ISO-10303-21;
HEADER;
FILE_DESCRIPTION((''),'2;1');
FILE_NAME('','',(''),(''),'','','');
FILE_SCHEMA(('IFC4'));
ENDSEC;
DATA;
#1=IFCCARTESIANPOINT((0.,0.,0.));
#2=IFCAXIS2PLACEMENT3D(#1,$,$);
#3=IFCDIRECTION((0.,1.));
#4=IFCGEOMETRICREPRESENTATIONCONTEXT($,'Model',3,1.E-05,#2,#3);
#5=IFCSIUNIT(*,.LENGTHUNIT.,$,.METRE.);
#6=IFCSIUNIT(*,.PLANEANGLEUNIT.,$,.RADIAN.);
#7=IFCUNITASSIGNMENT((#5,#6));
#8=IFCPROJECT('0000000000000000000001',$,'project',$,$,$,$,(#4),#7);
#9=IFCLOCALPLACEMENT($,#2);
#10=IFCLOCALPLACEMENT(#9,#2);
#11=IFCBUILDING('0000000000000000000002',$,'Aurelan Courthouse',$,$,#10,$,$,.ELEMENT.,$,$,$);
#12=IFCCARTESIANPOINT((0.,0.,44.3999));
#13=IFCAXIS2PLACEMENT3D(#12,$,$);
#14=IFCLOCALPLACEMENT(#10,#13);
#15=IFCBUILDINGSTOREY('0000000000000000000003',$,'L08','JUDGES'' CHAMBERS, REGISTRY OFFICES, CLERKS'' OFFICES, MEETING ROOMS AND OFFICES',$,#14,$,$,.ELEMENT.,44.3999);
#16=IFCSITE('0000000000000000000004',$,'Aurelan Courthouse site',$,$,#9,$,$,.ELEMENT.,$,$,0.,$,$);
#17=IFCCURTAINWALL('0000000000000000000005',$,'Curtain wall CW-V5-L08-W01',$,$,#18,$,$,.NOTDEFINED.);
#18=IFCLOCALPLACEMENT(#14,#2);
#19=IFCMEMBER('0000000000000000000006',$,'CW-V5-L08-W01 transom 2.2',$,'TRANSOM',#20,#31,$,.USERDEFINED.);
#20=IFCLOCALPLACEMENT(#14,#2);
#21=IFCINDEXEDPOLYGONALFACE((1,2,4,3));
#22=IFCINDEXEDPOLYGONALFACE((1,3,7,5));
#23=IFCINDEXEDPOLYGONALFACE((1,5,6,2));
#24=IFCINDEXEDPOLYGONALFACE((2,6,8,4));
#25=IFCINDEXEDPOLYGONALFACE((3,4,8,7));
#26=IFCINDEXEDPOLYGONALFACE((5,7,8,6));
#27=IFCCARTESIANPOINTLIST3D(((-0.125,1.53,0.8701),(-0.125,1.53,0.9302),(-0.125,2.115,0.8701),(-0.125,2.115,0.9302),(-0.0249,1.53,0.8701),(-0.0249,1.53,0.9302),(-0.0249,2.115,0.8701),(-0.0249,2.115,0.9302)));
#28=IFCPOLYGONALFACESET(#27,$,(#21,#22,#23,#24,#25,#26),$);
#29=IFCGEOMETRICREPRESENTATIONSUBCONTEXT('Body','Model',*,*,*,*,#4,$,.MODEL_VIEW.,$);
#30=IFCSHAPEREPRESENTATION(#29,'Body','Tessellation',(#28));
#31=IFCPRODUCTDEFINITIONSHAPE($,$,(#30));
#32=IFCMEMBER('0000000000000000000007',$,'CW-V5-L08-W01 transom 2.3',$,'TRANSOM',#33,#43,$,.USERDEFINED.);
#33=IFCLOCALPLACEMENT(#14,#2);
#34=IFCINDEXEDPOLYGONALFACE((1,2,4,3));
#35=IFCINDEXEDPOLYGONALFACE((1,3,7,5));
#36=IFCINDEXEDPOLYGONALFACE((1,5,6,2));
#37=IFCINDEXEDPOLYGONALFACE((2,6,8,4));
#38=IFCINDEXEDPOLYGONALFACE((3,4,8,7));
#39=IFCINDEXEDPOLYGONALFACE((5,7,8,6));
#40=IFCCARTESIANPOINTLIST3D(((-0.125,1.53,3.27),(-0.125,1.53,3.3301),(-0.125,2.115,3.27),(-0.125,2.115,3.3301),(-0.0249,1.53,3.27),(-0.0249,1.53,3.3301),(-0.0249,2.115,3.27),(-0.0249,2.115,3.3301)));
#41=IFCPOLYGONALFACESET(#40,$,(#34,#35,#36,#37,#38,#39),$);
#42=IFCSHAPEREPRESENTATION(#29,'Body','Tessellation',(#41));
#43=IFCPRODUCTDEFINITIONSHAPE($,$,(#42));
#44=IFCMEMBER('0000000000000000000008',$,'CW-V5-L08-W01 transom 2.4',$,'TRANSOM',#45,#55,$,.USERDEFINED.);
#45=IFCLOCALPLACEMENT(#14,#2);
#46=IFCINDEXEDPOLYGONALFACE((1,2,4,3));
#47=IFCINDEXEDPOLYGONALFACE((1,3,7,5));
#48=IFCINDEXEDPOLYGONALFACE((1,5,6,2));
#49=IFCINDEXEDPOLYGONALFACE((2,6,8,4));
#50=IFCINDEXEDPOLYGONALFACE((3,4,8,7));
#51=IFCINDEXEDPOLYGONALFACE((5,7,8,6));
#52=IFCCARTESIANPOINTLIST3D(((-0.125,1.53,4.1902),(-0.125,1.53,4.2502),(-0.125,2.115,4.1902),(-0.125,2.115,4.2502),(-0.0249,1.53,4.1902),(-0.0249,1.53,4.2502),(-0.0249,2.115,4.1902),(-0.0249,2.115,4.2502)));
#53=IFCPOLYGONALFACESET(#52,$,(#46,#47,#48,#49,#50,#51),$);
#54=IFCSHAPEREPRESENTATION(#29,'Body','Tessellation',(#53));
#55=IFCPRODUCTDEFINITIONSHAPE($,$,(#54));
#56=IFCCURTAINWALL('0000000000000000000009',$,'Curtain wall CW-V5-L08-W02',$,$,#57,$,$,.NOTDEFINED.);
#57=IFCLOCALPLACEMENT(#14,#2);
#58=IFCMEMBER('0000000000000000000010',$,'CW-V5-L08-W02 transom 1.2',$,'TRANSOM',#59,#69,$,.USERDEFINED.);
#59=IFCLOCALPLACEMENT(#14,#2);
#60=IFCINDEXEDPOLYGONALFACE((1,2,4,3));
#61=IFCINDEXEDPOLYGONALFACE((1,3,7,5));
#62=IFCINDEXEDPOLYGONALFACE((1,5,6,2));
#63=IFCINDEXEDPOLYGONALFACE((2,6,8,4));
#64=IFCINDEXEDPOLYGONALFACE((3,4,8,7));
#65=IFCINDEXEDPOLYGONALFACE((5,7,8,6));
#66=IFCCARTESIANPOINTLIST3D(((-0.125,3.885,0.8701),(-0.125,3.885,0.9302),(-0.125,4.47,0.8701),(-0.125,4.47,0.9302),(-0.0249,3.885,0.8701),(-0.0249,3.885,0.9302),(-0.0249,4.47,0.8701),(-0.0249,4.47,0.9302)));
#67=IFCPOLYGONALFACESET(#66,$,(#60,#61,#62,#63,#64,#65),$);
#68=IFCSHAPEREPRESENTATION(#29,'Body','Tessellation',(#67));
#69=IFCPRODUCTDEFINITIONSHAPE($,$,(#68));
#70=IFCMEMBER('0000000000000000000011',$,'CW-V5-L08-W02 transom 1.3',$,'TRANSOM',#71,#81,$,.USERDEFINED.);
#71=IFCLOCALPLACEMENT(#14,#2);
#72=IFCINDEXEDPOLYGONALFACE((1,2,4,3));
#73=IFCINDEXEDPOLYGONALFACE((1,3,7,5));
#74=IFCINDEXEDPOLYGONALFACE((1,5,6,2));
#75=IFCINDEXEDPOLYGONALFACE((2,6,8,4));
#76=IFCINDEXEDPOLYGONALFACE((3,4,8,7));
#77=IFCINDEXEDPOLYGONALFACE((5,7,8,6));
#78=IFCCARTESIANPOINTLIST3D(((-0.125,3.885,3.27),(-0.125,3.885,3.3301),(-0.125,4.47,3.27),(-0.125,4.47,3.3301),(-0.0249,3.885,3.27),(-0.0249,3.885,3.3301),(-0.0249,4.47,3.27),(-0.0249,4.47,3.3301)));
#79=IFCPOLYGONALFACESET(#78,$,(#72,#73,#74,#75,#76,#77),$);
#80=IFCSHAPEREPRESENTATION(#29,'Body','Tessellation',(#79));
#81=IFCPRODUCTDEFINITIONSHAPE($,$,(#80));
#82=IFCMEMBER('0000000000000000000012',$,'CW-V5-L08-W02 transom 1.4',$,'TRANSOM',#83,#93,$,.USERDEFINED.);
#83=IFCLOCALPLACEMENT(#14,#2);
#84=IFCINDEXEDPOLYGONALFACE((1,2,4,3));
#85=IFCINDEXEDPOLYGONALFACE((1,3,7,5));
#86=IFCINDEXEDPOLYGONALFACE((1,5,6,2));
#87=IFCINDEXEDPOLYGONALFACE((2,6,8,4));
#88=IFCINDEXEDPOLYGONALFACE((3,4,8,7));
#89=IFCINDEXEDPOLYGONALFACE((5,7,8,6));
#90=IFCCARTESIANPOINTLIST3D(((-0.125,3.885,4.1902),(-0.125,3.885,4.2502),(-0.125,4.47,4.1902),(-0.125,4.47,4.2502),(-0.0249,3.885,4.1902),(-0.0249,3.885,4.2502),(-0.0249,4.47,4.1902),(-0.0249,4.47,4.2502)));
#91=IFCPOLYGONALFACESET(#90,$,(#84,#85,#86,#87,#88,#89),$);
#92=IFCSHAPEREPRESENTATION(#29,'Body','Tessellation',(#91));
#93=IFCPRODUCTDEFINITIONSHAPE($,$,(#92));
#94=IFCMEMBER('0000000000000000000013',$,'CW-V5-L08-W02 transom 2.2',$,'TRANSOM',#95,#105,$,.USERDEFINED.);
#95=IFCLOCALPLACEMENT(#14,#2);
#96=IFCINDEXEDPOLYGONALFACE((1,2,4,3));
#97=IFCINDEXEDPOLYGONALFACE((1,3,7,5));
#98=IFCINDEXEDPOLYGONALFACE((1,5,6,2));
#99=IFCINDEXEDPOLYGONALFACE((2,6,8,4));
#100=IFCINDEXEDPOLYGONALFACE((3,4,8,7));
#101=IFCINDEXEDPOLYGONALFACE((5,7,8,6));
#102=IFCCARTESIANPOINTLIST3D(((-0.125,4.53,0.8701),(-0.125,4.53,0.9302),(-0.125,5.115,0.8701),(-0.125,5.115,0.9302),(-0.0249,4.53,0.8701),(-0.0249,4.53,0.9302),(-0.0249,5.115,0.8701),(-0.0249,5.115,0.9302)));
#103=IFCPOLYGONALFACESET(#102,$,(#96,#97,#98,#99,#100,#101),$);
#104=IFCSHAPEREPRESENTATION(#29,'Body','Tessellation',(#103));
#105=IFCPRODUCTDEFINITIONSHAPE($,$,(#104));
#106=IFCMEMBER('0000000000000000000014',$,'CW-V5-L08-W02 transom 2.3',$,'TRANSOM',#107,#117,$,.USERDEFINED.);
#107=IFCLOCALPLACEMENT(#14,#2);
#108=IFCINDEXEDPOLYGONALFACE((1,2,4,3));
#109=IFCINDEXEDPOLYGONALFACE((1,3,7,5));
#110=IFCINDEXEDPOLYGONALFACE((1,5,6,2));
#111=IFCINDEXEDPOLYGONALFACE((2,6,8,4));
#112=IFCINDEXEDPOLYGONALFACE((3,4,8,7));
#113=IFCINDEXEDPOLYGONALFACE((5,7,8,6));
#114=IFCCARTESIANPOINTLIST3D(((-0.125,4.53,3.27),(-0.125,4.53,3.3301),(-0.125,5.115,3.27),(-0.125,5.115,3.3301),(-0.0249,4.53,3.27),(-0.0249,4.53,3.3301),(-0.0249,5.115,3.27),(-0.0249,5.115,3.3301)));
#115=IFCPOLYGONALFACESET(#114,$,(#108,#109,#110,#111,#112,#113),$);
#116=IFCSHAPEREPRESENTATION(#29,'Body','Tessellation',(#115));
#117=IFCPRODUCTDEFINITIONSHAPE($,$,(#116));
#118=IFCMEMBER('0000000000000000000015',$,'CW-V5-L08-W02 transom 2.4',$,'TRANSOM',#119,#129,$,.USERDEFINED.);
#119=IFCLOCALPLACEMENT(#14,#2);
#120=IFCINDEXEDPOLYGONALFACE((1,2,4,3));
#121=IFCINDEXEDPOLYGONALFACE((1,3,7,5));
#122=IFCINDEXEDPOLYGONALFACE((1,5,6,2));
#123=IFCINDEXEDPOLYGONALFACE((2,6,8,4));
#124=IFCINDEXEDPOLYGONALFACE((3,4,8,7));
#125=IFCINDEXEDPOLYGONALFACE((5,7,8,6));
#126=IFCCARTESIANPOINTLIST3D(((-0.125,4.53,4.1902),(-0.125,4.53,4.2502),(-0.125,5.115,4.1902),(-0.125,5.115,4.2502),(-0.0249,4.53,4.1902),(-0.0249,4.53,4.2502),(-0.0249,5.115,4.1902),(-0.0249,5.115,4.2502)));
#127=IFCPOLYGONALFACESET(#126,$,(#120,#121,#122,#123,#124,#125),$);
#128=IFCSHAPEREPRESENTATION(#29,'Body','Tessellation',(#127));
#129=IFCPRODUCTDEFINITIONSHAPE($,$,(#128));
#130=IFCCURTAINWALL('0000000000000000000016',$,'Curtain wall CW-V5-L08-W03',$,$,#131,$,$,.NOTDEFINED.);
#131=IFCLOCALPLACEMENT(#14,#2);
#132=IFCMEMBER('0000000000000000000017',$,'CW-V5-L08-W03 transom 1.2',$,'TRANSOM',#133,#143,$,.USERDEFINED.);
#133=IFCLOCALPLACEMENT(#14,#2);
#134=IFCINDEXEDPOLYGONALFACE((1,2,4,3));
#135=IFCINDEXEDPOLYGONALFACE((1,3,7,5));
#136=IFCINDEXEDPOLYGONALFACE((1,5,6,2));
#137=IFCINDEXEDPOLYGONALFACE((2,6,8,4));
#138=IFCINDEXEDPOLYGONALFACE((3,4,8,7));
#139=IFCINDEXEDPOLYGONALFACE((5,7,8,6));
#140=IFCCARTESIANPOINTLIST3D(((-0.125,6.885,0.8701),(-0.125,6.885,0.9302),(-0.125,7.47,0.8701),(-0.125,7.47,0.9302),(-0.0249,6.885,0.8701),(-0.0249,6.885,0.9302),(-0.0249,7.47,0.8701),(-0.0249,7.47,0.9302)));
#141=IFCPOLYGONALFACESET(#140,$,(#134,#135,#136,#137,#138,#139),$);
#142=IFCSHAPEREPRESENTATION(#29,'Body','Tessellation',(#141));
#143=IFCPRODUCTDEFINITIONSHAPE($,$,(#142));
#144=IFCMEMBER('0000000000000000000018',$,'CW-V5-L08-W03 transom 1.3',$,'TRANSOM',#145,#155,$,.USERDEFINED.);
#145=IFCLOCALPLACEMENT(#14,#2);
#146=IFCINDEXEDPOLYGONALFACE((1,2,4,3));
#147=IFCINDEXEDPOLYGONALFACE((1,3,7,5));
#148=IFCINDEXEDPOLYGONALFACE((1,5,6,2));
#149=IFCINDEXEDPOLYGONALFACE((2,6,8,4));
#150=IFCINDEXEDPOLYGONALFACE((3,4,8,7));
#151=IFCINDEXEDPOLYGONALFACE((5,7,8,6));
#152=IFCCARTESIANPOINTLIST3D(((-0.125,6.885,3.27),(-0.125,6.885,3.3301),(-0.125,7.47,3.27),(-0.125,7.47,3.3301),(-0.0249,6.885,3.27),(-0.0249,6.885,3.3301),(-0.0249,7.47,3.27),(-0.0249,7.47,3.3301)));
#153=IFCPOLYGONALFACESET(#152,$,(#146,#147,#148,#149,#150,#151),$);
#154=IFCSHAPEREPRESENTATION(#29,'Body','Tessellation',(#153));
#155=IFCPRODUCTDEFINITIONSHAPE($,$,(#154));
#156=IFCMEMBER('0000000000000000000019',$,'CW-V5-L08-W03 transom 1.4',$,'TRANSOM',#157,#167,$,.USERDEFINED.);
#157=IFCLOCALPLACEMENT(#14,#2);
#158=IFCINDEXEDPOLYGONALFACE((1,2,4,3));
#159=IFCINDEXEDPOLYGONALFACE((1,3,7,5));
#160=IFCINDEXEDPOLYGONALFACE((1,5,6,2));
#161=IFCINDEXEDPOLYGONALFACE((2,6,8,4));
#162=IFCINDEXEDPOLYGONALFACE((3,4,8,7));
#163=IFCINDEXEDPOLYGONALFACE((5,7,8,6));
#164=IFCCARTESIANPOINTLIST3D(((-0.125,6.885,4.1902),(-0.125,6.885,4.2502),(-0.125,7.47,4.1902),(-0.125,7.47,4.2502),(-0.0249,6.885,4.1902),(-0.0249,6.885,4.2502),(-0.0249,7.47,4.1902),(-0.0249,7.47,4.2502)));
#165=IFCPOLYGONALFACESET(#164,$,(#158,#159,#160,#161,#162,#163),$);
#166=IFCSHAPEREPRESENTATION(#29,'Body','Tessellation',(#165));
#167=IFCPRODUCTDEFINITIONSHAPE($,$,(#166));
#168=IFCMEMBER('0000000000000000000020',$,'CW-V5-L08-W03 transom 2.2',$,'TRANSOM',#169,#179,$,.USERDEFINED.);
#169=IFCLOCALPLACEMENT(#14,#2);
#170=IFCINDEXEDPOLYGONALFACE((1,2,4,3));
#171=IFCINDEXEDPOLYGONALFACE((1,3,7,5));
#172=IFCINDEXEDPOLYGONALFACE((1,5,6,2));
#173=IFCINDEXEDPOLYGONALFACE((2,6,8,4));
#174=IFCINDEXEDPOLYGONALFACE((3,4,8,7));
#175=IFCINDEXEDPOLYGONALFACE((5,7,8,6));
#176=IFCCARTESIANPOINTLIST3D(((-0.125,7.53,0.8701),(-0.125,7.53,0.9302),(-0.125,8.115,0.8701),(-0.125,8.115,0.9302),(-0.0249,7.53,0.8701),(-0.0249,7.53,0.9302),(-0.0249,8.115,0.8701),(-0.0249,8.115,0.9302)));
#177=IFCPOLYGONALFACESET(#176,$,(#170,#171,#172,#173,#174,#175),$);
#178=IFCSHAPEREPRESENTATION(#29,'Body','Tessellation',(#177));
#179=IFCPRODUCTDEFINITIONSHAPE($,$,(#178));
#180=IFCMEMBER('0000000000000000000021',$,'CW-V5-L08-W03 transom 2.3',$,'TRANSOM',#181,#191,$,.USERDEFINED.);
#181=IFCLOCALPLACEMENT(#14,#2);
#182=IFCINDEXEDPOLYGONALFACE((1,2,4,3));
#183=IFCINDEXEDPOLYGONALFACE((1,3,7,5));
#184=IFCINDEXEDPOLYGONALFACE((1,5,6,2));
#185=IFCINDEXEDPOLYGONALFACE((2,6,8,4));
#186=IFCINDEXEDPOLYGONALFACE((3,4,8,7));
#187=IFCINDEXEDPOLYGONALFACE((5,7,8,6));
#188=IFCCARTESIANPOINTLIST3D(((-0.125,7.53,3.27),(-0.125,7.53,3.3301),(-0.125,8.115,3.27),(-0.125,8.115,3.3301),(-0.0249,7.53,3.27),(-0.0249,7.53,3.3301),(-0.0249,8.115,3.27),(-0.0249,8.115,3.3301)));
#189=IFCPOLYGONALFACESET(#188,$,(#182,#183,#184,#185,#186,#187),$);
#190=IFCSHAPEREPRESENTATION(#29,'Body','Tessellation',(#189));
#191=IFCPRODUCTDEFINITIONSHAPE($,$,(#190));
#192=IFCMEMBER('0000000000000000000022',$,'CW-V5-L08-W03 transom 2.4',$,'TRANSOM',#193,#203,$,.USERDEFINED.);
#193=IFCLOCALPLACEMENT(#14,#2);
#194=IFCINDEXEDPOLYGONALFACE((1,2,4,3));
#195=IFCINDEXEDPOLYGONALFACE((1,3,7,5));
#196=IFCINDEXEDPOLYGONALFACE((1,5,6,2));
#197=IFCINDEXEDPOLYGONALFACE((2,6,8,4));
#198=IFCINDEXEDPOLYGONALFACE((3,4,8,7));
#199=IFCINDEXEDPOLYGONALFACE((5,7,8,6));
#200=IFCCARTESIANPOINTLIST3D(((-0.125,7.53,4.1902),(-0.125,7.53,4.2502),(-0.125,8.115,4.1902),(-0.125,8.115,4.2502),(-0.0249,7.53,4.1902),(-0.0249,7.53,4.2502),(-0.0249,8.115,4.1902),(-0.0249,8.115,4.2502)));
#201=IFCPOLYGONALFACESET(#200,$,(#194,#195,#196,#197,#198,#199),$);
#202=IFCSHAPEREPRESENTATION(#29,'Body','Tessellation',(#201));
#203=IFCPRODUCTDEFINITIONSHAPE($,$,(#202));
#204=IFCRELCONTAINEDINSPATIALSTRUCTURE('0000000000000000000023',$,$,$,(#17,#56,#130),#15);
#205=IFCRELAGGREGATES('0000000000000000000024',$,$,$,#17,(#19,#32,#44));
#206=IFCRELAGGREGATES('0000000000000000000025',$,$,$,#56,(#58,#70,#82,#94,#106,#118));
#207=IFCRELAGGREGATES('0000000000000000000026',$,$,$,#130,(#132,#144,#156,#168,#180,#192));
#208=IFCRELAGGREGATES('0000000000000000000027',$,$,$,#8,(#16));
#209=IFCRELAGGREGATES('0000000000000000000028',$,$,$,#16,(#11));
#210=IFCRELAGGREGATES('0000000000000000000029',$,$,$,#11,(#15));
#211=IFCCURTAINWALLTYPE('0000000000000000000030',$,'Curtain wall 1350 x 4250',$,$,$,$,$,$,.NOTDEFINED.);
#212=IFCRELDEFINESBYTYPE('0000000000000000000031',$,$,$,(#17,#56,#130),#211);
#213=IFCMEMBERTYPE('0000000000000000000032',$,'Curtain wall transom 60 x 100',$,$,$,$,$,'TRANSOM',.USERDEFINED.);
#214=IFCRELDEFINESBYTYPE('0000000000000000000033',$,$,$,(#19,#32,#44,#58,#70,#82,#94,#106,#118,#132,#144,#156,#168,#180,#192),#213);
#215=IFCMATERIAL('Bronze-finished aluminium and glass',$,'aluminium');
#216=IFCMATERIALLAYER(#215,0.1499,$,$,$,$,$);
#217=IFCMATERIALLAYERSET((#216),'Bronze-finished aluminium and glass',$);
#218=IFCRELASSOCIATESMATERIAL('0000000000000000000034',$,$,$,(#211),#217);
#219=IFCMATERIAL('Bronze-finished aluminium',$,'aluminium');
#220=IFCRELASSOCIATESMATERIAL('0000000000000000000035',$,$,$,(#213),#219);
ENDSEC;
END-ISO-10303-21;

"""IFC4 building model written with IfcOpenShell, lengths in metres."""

from ifc_helpers import new_model, si_unit, direction, frame, origin, origin_2d, place, context, subcontext, project, spatial, rectangle, extrude, material, layer, layer_set, material_profile, profile_set, type_object, element, aggregate, save


model = new_model("IFC4")

# Units and contexts
model_context = context("Model", 3, precision=1e-05, world=origin(), true_north=direction((0.0, 1.0)))
body_context = subcontext(model_context, "Body", "Model", "MODEL_VIEW")
ifc_project = project(units=[si_unit("LENGTHUNIT", "METRE"), si_unit("PLANEANGLEUNIT", "RADIAN")], contexts=[model_context])

# Site, building, storey
site_placement = place(None, origin())
site = spatial("IfcSite", under=ifc_project, at=site_placement, Name="Aurelan Courthouse site", CompositionType="ELEMENT", RefElevation=0.0)
building_placement = place(site_placement, origin())
building = spatial("IfcBuilding", under=site, at=building_placement, Name="Aurelan Courthouse", CompositionType="ELEMENT")
storey_placement = place(building_placement, frame((0.0, 0.0, 44.3999)))
storey = spatial("IfcBuildingStorey", under=building, at=storey_placement, Name="L08", Description="JUDGES' CHAMBERS, REGISTRY OFFICES, CLERKS' OFFICES, MEETING ROOMS AND OFFICES", CompositionType="ELEMENT", Elevation=44.3999)

# Curtain walls, members
ifc_material_1 = material(Name="Bronze-finished aluminium and glass", Category="aluminium")
ifc_layer_1 = layer(ifc_material_1, 0.1499)
ifc_layer_set_1 = layer_set([ifc_layer_1], Name="Bronze-finished aluminium and glass")
curtain_wall_type = type_object("IfcCurtainWallType", Name="Curtain wall 1350 x 4250", PredefinedType="NOTDEFINED", material=ifc_layer_set_1)
curtain_wall_1_placement = place(storey_placement, origin())
curtain_wall_1 = element("IfcCurtainWall", 1, at=curtain_wall_1_placement, inside=storey, type_object=curtain_wall_type, Name="Curtain wall CW-V5-L08-W01", PredefinedType="NOTDEFINED")
ifc_material_2 = material(Name="Bronze-finished aluminium", Category="aluminium")
ifc_material_profile = material_profile(ifc_material_2, rectangle(XDim=0.1001, YDim=0.0601, at=origin_2d()), Name="Bronze transom 60 x 100")
ifc_profile_set = profile_set([ifc_material_profile], Name="Bronze-finished aluminium")
member_type = type_object("IfcMemberType", Name="Curtain wall transom 60 x 100", ElementType="TRANSOM", PredefinedType="USERDEFINED", material=ifc_profile_set)
member_1_placement = place(storey_placement, frame((-0.075, 1.53, 0.9001), z_axis=(0.0, 1.0, 0.0), x_axis=(-1.0, 0.0, 0.0)))
member_1 = element("IfcMember", 2, at=member_1_placement, type_object=member_type, Name="CW-V5-L08-W01 transom 2.2", ObjectType="TRANSOM", PredefinedType="USERDEFINED", context=body_context, shape_type="SweptSolid", body=[
    extrude(rectangle(XDim=0.1001, YDim=0.0601, at=origin_2d()), origin(), (0.0, 0.0, 1.0), 0.585),
])
member_2_placement = place(storey_placement, frame((-0.075, 1.53, 3.3), z_axis=(0.0, 1.0, 0.0), x_axis=(-1.0, 0.0, 0.0)))
member_2 = element("IfcMember", 3, at=member_2_placement, type_object=member_type, Name="CW-V5-L08-W01 transom 2.3", ObjectType="TRANSOM", PredefinedType="USERDEFINED", context=body_context, shape_type="SweptSolid", body=[
    extrude(rectangle(XDim=0.1001, YDim=0.0601, at=origin_2d()), origin(), (0.0, 0.0, 1.0), 0.585),
])
member_3_placement = place(storey_placement, frame((-0.075, 1.53, 4.2202), z_axis=(0.0, 1.0, 0.0), x_axis=(-1.0, 0.0, 0.0)))
member_3 = element("IfcMember", 4, at=member_3_placement, type_object=member_type, Name="CW-V5-L08-W01 transom 2.4", ObjectType="TRANSOM", PredefinedType="USERDEFINED", context=body_context, shape_type="SweptSolid", body=[
    extrude(rectangle(XDim=0.1001, YDim=0.0601, at=origin_2d()), origin(), (0.0, 0.0, 1.0), 0.585),
])
curtain_wall_2_placement = place(storey_placement, origin())
curtain_wall_2 = element("IfcCurtainWall", 5, at=curtain_wall_2_placement, inside=storey, type_object=curtain_wall_type, Name="Curtain wall CW-V5-L08-W02", PredefinedType="NOTDEFINED")
member_4_placement = place(storey_placement, frame((-0.075, 3.885, 0.9001), z_axis=(0.0, 1.0, 0.0), x_axis=(-1.0, 0.0, 0.0)))
member_4 = element("IfcMember", 6, at=member_4_placement, type_object=member_type, Name="CW-V5-L08-W02 transom 1.2", ObjectType="TRANSOM", PredefinedType="USERDEFINED", context=body_context, shape_type="SweptSolid", body=[
    extrude(rectangle(XDim=0.1001, YDim=0.0601, at=origin_2d()), origin(), (0.0, 0.0, 1.0), 0.585),
])
member_5_placement = place(storey_placement, frame((-0.075, 3.885, 3.3), z_axis=(0.0, 1.0, 0.0), x_axis=(-1.0, 0.0, 0.0)))
member_5 = element("IfcMember", 7, at=member_5_placement, type_object=member_type, Name="CW-V5-L08-W02 transom 1.3", ObjectType="TRANSOM", PredefinedType="USERDEFINED", context=body_context, shape_type="SweptSolid", body=[
    extrude(rectangle(XDim=0.1001, YDim=0.0601, at=origin_2d()), origin(), (0.0, 0.0, 1.0), 0.585),
])
member_6_placement = place(storey_placement, frame((-0.075, 3.885, 4.2202), z_axis=(0.0, 1.0, 0.0), x_axis=(-1.0, 0.0, 0.0)))
member_6 = element("IfcMember", 8, at=member_6_placement, type_object=member_type, Name="CW-V5-L08-W02 transom 1.4", ObjectType="TRANSOM", PredefinedType="USERDEFINED", context=body_context, shape_type="SweptSolid", body=[
    extrude(rectangle(XDim=0.1001, YDim=0.0601, at=origin_2d()), origin(), (0.0, 0.0, 1.0), 0.585),
])
member_7_placement = place(storey_placement, frame((-0.075, 4.53, 0.9001), z_axis=(0.0, 1.0, 0.0), x_axis=(-1.0, 0.0, 0.0)))
member_7 = element("IfcMember", 9, at=member_7_placement, type_object=member_type, Name="CW-V5-L08-W02 transom 2.2", ObjectType="TRANSOM", PredefinedType="USERDEFINED", context=body_context, shape_type="SweptSolid", body=[
    extrude(rectangle(XDim=0.1001, YDim=0.0601, at=origin_2d()), origin(), (0.0, 0.0, 1.0), 0.585),
])
member_8_placement = place(storey_placement, frame((-0.075, 4.53, 3.3), z_axis=(0.0, 1.0, 0.0), x_axis=(-1.0, 0.0, 0.0)))
member_8 = element("IfcMember", 10, at=member_8_placement, type_object=member_type, Name="CW-V5-L08-W02 transom 2.3", ObjectType="TRANSOM", PredefinedType="USERDEFINED", context=body_context, shape_type="SweptSolid", body=[
    extrude(rectangle(XDim=0.1001, YDim=0.0601, at=origin_2d()), origin(), (0.0, 0.0, 1.0), 0.585),
])
member_9_placement = place(storey_placement, frame((-0.075, 4.53, 4.2202), z_axis=(0.0, 1.0, 0.0), x_axis=(-1.0, 0.0, 0.0)))
member_9 = element("IfcMember", 11, at=member_9_placement, type_object=member_type, Name="CW-V5-L08-W02 transom 2.4", ObjectType="TRANSOM", PredefinedType="USERDEFINED", context=body_context, shape_type="SweptSolid", body=[
    extrude(rectangle(XDim=0.1001, YDim=0.0601, at=origin_2d()), origin(), (0.0, 0.0, 1.0), 0.585),
])
curtain_wall_3_placement = place(storey_placement, origin())
curtain_wall_3 = element("IfcCurtainWall", 12, at=curtain_wall_3_placement, inside=storey, type_object=curtain_wall_type, Name="Curtain wall CW-V5-L08-W03", PredefinedType="NOTDEFINED")
member_10_placement = place(storey_placement, frame((-0.075, 6.885, 0.9001), z_axis=(0.0, 1.0, 0.0), x_axis=(-1.0, 0.0, 0.0)))
member_10 = element("IfcMember", 13, at=member_10_placement, type_object=member_type, Name="CW-V5-L08-W03 transom 1.2", ObjectType="TRANSOM", PredefinedType="USERDEFINED", context=body_context, shape_type="SweptSolid", body=[
    extrude(rectangle(XDim=0.1001, YDim=0.0601, at=origin_2d()), origin(), (0.0, 0.0, 1.0), 0.585),
])
member_11_placement = place(storey_placement, frame((-0.075, 6.885, 3.3), z_axis=(0.0, 1.0, 0.0), x_axis=(-1.0, 0.0, 0.0)))
member_11 = element("IfcMember", 14, at=member_11_placement, type_object=member_type, Name="CW-V5-L08-W03 transom 1.3", ObjectType="TRANSOM", PredefinedType="USERDEFINED", context=body_context, shape_type="SweptSolid", body=[
    extrude(rectangle(XDim=0.1001, YDim=0.0601, at=origin_2d()), origin(), (0.0, 0.0, 1.0), 0.585),
])
member_12_placement = place(storey_placement, frame((-0.075, 6.885, 4.2202), z_axis=(0.0, 1.0, 0.0), x_axis=(-1.0, 0.0, 0.0)))
member_12 = element("IfcMember", 15, at=member_12_placement, type_object=member_type, Name="CW-V5-L08-W03 transom 1.4", ObjectType="TRANSOM", PredefinedType="USERDEFINED", context=body_context, shape_type="SweptSolid", body=[
    extrude(rectangle(XDim=0.1001, YDim=0.0601, at=origin_2d()), origin(), (0.0, 0.0, 1.0), 0.585),
])
member_13_placement = place(storey_placement, frame((-0.075, 7.53, 0.9001), z_axis=(0.0, 1.0, 0.0), x_axis=(-1.0, 0.0, 0.0)))
member_13 = element("IfcMember", 16, at=member_13_placement, type_object=member_type, Name="CW-V5-L08-W03 transom 2.2", ObjectType="TRANSOM", PredefinedType="USERDEFINED", context=body_context, shape_type="SweptSolid", body=[
    extrude(rectangle(XDim=0.1001, YDim=0.0601, at=origin_2d()), origin(), (0.0, 0.0, 1.0), 0.585),
])
member_14_placement = place(storey_placement, frame((-0.075, 7.53, 3.3), z_axis=(0.0, 1.0, 0.0), x_axis=(-1.0, 0.0, 0.0)))
member_14 = element("IfcMember", 17, at=member_14_placement, type_object=member_type, Name="CW-V5-L08-W03 transom 2.3", ObjectType="TRANSOM", PredefinedType="USERDEFINED", context=body_context, shape_type="SweptSolid", body=[
    extrude(rectangle(XDim=0.1001, YDim=0.0601, at=origin_2d()), origin(), (0.0, 0.0, 1.0), 0.585),
])
member_15_placement = place(storey_placement, frame((-0.075, 7.53, 4.2202), z_axis=(0.0, 1.0, 0.0), x_axis=(-1.0, 0.0, 0.0)))
member_15 = element("IfcMember", 18, at=member_15_placement, type_object=member_type, Name="CW-V5-L08-W03 transom 2.4", ObjectType="TRANSOM", PredefinedType="USERDEFINED", context=body_context, shape_type="SweptSolid", body=[
    extrude(rectangle(XDim=0.1001, YDim=0.0601, at=origin_2d()), origin(), (0.0, 0.0, 1.0), 0.585),
])

aggregate(curtain_wall_1, [member_1, member_2, member_3])
aggregate(curtain_wall_2, [member_4, member_5, member_6, member_7, member_8, member_9])
aggregate(curtain_wall_3, [member_10, member_11, member_12, member_13, member_14, member_15])

save(model, "model.ifc")
